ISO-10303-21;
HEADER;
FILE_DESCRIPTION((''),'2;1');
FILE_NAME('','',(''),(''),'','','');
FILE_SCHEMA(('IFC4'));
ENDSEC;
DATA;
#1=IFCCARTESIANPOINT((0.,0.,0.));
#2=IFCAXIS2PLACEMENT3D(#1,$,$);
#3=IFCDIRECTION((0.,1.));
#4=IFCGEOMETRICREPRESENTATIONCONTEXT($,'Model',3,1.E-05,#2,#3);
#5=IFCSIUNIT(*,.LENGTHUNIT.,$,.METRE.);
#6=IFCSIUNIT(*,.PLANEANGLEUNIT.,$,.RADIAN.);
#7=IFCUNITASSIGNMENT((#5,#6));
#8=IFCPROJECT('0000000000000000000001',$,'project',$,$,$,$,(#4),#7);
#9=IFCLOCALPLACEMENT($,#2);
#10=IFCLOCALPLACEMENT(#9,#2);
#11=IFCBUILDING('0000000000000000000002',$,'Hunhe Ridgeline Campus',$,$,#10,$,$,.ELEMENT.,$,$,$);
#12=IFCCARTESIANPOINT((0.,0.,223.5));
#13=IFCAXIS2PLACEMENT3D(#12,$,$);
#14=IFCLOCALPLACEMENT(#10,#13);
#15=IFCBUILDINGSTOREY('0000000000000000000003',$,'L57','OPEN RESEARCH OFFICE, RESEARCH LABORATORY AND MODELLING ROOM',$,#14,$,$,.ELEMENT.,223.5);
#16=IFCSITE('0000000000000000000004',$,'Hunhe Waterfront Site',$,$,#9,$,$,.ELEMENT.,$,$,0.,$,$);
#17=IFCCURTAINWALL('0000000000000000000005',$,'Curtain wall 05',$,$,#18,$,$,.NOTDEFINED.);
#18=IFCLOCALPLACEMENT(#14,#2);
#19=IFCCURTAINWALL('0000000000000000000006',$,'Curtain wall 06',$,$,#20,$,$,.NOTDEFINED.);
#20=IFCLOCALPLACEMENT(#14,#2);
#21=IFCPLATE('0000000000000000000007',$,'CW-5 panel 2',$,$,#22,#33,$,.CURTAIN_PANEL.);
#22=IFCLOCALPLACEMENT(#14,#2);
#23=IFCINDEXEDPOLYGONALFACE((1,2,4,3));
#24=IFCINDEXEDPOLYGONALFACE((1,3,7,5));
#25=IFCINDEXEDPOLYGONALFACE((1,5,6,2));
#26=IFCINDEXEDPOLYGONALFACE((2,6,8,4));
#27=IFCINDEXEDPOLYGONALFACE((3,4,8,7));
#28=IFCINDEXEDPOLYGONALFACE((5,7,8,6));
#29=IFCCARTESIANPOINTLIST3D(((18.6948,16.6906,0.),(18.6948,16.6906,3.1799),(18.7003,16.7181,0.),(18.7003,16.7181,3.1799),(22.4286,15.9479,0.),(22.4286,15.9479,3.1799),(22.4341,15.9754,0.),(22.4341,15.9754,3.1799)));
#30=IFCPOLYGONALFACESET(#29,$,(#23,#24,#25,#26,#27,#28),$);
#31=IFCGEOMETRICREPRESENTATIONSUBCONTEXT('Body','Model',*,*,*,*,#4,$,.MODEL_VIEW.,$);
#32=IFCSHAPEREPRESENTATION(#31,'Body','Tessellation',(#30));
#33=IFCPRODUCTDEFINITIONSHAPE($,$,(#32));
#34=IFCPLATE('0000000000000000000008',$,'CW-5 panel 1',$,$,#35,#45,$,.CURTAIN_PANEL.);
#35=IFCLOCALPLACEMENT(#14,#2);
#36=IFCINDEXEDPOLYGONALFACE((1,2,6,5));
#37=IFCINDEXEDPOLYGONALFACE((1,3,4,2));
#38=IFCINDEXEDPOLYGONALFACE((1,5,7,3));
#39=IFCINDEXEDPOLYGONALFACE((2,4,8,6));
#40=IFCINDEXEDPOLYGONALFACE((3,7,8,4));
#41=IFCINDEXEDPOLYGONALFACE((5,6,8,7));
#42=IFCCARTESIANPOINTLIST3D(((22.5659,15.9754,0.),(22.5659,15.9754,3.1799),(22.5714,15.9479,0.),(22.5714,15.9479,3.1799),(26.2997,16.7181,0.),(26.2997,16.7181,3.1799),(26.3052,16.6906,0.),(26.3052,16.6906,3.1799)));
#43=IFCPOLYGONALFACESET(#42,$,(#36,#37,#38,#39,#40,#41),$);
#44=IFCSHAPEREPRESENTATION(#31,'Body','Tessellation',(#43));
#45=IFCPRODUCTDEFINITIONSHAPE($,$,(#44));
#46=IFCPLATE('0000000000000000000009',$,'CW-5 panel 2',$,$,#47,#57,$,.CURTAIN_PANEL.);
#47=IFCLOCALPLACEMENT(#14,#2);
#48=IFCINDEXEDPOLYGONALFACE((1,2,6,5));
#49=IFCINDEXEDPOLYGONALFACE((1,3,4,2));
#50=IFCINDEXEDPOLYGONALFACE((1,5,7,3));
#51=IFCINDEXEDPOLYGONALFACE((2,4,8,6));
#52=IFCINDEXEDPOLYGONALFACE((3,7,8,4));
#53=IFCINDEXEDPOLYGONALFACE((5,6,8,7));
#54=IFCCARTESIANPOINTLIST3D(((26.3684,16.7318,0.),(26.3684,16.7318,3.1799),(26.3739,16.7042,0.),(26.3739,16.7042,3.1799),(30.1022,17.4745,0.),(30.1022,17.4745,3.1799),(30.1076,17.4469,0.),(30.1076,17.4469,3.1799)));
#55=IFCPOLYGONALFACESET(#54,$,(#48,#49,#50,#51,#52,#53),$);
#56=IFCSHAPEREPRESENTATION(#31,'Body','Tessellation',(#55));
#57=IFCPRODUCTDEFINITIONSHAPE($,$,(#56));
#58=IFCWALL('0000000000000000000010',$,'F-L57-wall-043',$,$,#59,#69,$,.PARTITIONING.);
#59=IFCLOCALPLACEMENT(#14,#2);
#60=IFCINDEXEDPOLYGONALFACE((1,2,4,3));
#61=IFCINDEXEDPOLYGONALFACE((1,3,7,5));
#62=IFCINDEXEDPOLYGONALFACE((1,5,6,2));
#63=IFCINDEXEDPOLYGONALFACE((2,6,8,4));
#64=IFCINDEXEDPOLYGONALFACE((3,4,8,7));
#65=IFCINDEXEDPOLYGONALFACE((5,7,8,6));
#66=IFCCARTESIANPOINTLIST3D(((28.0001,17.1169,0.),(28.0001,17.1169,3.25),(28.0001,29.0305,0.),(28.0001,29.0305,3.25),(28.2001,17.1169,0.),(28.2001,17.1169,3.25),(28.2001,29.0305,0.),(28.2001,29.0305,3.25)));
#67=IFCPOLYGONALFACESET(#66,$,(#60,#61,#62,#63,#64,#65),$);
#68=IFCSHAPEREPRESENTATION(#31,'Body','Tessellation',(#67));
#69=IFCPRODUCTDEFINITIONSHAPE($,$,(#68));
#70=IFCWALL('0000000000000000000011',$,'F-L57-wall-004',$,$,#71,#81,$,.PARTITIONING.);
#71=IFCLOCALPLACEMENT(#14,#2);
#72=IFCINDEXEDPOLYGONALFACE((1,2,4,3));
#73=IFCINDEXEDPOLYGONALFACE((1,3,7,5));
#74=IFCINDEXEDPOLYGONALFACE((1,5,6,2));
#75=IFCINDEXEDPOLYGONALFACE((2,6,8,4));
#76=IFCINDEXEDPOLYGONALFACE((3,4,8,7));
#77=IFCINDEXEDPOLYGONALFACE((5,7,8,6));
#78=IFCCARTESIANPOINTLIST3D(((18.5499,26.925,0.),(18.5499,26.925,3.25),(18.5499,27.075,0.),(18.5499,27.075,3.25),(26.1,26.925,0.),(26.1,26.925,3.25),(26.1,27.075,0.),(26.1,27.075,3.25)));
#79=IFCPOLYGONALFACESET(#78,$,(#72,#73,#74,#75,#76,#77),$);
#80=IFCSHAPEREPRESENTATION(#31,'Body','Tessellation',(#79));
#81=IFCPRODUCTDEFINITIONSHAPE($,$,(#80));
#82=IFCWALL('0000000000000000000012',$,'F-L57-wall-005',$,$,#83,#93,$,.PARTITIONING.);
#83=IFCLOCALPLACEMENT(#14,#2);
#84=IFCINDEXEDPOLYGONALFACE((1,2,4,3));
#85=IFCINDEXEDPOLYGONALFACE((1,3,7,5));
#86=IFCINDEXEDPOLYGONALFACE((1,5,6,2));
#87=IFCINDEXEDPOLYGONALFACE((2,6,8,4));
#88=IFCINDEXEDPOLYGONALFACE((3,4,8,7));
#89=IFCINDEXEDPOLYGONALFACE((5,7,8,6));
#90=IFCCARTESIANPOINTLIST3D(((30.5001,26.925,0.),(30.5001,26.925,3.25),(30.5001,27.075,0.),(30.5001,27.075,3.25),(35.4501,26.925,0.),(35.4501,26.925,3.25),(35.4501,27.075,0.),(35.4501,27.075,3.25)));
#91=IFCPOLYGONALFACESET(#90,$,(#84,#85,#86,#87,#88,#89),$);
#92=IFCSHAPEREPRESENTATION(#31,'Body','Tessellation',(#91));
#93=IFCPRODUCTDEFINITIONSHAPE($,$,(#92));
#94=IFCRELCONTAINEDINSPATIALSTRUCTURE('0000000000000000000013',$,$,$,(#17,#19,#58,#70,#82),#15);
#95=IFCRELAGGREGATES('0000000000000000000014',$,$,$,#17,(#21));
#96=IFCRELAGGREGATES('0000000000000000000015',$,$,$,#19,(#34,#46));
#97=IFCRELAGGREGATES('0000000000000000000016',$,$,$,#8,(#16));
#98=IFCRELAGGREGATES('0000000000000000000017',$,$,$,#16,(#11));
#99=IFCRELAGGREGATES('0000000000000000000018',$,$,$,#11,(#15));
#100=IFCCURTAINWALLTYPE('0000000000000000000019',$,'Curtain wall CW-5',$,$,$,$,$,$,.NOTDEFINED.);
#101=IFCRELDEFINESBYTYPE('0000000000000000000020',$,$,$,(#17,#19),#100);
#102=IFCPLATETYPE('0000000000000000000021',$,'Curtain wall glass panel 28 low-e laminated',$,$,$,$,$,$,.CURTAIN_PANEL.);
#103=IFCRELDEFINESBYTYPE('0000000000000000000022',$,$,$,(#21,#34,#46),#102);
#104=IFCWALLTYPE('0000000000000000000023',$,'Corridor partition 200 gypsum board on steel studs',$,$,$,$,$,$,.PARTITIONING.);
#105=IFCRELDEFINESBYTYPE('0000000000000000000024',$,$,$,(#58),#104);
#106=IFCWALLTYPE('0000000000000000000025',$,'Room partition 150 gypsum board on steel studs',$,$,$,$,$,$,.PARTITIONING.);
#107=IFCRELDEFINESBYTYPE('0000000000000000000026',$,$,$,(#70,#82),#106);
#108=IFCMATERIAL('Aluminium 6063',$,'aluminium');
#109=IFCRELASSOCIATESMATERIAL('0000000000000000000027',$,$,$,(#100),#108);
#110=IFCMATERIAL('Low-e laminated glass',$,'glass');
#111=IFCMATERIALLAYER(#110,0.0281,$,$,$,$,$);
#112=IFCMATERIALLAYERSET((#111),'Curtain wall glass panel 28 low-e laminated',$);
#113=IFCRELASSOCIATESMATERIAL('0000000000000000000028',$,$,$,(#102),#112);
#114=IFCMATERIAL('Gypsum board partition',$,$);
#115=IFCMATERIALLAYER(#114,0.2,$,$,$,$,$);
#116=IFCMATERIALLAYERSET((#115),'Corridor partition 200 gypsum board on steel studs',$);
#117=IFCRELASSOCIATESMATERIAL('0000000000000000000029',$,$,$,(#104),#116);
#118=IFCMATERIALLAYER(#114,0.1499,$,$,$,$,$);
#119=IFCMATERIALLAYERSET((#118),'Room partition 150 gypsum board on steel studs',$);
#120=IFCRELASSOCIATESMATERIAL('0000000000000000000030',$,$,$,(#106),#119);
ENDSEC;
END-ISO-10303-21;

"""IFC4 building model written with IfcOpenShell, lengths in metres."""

from ifc_helpers import new_model, si_unit, direction, frame, frame_2d, origin, origin_2d, place, context, subcontext, project, spatial, rectangle, extrude, material, layer, layer_set, type_object, element, aggregate, save


model = new_model("IFC4")

# Units and contexts
model_context = context("Model", 3, precision=1e-05, world=origin(), true_north=direction((0.0, 1.0)))
body_context = subcontext(model_context, "Body", "Model", "MODEL_VIEW")
ifc_project = project(units=[si_unit("LENGTHUNIT", "METRE"), si_unit("PLANEANGLEUNIT", "RADIAN")], contexts=[model_context])

# Site, building, storey
site_placement = place(None, origin())
site = spatial("IfcSite", under=ifc_project, at=site_placement, Name="Hunhe Waterfront Site", CompositionType="ELEMENT", RefElevation=0.0)
building_placement = place(site_placement, origin())
building = spatial("IfcBuilding", under=site, at=building_placement, Name="Hunhe Ridgeline Campus", CompositionType="ELEMENT")
storey_placement = place(building_placement, frame((0.0, 0.0, 223.5)))
storey = spatial("IfcBuildingStorey", under=building, at=storey_placement, Name="L57", Description="OPEN RESEARCH OFFICE, RESEARCH LABORATORY AND MODELLING ROOM", CompositionType="ELEMENT", Elevation=223.5)

# Curtain walls
ifc_material_1 = material(Name="Aluminium 6063", Category="aluminium")
curtain_wall_type = type_object("IfcCurtainWallType", Name="Curtain wall CW-5", PredefinedType="NOTDEFINED", material=ifc_material_1)
curtain_wall_1_placement = place(storey_placement, origin())
curtain_wall_1 = element("IfcCurtainWall", 1, at=curtain_wall_1_placement, inside=storey, type_object=curtain_wall_type, Name="Curtain wall 05", PredefinedType="NOTDEFINED")
curtain_wall_2_placement = place(storey_placement, origin())
curtain_wall_2 = element("IfcCurtainWall", 2, at=curtain_wall_2_placement, inside=storey, type_object=curtain_wall_type, Name="Curtain wall 06", PredefinedType="NOTDEFINED")

# Plates
ifc_material_2 = material(Name="Low-e laminated glass", Category="glass")
ifc_layer_1 = layer(ifc_material_2, 0.0281)
ifc_layer_set_1 = layer_set([ifc_layer_1], Name="Curtain wall glass panel 28 low-e laminated")
plate_type = type_object("IfcPlateType", Name="Curtain wall glass panel 28 low-e laminated", PredefinedType="CURTAIN_PANEL", material=ifc_layer_set_1)
plate_1_placement = place(storey_placement, frame((20.5645, 16.333, 0.0), z_axis=(0.0, 0.0, 1.0), x_axis=(0.980785, -0.19509, 0.0)))
plate_1 = element("IfcPlate", 3, at=plate_1_placement, type_object=plate_type, Name="CW-5 panel 2", PredefinedType="CURTAIN_PANEL", context=body_context, shape_type="SweptSolid", body=[
    extrude(rectangle(XDim=3.8069, YDim=0.0281, at=origin_2d()), origin(), (0.0, 0.0, 1.0), 3.1799),
])
aggregate(curtain_wall_1, [plate_1])
plate_2_placement = place(storey_placement, frame((24.4355, 16.333, 0.0), z_axis=(0.0, 0.0, 1.0), x_axis=(0.980785, 0.19509, 0.0)))
plate_2 = element("IfcPlate", 4, at=plate_2_placement, type_object=plate_type, Name="CW-5 panel 1", PredefinedType="CURTAIN_PANEL", context=body_context, shape_type="SweptSolid", body=[
    extrude(rectangle(XDim=3.8069, YDim=0.0281, at=origin_2d()), origin(), (0.0, 0.0, 1.0), 3.1799),
])
plate_3_placement = place(storey_placement, frame((28.238, 17.0894, 0.0), z_axis=(0.0, 0.0, 1.0), x_axis=(0.980785, 0.19509, 0.0)))
plate_3 = element("IfcPlate", 5, at=plate_3_placement, type_object=plate_type, Name="CW-5 panel 2", PredefinedType="CURTAIN_PANEL", context=body_context, shape_type="SweptSolid", body=[
    extrude(rectangle(XDim=3.8069, YDim=0.0281, at=origin_2d()), origin(), (0.0, 0.0, 1.0), 3.1799),
])
aggregate(curtain_wall_2, [plate_2, plate_3])

# Walls
ifc_material_3 = material(Name="Gypsum board partition")
ifc_layer_2 = layer(ifc_material_3, 0.2)
ifc_layer_set_2 = layer_set([ifc_layer_2], Name="Corridor partition 200 gypsum board on steel studs")
wall_type_1 = type_object("IfcWallType", Name="Corridor partition 200 gypsum board on steel studs", PredefinedType="PARTITIONING", material=ifc_layer_set_2)
wall_1_placement = place(storey_placement, frame((28.1001, 17.1169, 0.0), z_axis=(0.0, 0.0, 1.0), x_axis=(0.0, 1.0, 0.0)))
element("IfcWall", 6, at=wall_1_placement, inside=storey, type_object=wall_type_1, Name="F-L57-wall-043", PredefinedType="PARTITIONING", context=body_context, shape_type="SweptSolid", body=[
    extrude(rectangle(XDim=11.9136, YDim=0.2, at=frame_2d((5.9568, 0.0))), origin(), (0.0, 0.0, 1.0), 3.25),
])
ifc_layer_3 = layer(ifc_material_3, 0.1499)
ifc_layer_set_3 = layer_set([ifc_layer_3], Name="Room partition 150 gypsum board on steel studs")
wall_type_2 = type_object("IfcWallType", Name="Room partition 150 gypsum board on steel studs", PredefinedType="PARTITIONING", material=ifc_layer_set_3)
wall_2_placement = place(storey_placement, frame((18.55, 27.0, 0.0), z_axis=(0.0, 0.0, 1.0), x_axis=(1.0, 0.0, 0.0)))
element("IfcWall", 7, at=wall_2_placement, inside=storey, type_object=wall_type_2, Name="F-L57-wall-004", PredefinedType="PARTITIONING", context=body_context, shape_type="SweptSolid", body=[
    extrude(rectangle(XDim=7.55, YDim=0.1499, at=frame_2d((3.7749, 0.0))), origin(), (0.0, 0.0, 1.0), 3.25),
])
wall_3_placement = place(storey_placement, frame((30.5, 27.0, 0.0), z_axis=(0.0, 0.0, 1.0), x_axis=(1.0, 0.0, 0.0)))
element("IfcWall", 8, at=wall_3_placement, inside=storey, type_object=wall_type_2, Name="F-L57-wall-005", PredefinedType="PARTITIONING", context=body_context, shape_type="SweptSolid", body=[
    extrude(rectangle(XDim=4.95, YDim=0.1499, at=frame_2d((2.4751, 0.0))), origin(), (0.0, 0.0, 1.0), 3.25),
])

save(model, "model.ifc")
